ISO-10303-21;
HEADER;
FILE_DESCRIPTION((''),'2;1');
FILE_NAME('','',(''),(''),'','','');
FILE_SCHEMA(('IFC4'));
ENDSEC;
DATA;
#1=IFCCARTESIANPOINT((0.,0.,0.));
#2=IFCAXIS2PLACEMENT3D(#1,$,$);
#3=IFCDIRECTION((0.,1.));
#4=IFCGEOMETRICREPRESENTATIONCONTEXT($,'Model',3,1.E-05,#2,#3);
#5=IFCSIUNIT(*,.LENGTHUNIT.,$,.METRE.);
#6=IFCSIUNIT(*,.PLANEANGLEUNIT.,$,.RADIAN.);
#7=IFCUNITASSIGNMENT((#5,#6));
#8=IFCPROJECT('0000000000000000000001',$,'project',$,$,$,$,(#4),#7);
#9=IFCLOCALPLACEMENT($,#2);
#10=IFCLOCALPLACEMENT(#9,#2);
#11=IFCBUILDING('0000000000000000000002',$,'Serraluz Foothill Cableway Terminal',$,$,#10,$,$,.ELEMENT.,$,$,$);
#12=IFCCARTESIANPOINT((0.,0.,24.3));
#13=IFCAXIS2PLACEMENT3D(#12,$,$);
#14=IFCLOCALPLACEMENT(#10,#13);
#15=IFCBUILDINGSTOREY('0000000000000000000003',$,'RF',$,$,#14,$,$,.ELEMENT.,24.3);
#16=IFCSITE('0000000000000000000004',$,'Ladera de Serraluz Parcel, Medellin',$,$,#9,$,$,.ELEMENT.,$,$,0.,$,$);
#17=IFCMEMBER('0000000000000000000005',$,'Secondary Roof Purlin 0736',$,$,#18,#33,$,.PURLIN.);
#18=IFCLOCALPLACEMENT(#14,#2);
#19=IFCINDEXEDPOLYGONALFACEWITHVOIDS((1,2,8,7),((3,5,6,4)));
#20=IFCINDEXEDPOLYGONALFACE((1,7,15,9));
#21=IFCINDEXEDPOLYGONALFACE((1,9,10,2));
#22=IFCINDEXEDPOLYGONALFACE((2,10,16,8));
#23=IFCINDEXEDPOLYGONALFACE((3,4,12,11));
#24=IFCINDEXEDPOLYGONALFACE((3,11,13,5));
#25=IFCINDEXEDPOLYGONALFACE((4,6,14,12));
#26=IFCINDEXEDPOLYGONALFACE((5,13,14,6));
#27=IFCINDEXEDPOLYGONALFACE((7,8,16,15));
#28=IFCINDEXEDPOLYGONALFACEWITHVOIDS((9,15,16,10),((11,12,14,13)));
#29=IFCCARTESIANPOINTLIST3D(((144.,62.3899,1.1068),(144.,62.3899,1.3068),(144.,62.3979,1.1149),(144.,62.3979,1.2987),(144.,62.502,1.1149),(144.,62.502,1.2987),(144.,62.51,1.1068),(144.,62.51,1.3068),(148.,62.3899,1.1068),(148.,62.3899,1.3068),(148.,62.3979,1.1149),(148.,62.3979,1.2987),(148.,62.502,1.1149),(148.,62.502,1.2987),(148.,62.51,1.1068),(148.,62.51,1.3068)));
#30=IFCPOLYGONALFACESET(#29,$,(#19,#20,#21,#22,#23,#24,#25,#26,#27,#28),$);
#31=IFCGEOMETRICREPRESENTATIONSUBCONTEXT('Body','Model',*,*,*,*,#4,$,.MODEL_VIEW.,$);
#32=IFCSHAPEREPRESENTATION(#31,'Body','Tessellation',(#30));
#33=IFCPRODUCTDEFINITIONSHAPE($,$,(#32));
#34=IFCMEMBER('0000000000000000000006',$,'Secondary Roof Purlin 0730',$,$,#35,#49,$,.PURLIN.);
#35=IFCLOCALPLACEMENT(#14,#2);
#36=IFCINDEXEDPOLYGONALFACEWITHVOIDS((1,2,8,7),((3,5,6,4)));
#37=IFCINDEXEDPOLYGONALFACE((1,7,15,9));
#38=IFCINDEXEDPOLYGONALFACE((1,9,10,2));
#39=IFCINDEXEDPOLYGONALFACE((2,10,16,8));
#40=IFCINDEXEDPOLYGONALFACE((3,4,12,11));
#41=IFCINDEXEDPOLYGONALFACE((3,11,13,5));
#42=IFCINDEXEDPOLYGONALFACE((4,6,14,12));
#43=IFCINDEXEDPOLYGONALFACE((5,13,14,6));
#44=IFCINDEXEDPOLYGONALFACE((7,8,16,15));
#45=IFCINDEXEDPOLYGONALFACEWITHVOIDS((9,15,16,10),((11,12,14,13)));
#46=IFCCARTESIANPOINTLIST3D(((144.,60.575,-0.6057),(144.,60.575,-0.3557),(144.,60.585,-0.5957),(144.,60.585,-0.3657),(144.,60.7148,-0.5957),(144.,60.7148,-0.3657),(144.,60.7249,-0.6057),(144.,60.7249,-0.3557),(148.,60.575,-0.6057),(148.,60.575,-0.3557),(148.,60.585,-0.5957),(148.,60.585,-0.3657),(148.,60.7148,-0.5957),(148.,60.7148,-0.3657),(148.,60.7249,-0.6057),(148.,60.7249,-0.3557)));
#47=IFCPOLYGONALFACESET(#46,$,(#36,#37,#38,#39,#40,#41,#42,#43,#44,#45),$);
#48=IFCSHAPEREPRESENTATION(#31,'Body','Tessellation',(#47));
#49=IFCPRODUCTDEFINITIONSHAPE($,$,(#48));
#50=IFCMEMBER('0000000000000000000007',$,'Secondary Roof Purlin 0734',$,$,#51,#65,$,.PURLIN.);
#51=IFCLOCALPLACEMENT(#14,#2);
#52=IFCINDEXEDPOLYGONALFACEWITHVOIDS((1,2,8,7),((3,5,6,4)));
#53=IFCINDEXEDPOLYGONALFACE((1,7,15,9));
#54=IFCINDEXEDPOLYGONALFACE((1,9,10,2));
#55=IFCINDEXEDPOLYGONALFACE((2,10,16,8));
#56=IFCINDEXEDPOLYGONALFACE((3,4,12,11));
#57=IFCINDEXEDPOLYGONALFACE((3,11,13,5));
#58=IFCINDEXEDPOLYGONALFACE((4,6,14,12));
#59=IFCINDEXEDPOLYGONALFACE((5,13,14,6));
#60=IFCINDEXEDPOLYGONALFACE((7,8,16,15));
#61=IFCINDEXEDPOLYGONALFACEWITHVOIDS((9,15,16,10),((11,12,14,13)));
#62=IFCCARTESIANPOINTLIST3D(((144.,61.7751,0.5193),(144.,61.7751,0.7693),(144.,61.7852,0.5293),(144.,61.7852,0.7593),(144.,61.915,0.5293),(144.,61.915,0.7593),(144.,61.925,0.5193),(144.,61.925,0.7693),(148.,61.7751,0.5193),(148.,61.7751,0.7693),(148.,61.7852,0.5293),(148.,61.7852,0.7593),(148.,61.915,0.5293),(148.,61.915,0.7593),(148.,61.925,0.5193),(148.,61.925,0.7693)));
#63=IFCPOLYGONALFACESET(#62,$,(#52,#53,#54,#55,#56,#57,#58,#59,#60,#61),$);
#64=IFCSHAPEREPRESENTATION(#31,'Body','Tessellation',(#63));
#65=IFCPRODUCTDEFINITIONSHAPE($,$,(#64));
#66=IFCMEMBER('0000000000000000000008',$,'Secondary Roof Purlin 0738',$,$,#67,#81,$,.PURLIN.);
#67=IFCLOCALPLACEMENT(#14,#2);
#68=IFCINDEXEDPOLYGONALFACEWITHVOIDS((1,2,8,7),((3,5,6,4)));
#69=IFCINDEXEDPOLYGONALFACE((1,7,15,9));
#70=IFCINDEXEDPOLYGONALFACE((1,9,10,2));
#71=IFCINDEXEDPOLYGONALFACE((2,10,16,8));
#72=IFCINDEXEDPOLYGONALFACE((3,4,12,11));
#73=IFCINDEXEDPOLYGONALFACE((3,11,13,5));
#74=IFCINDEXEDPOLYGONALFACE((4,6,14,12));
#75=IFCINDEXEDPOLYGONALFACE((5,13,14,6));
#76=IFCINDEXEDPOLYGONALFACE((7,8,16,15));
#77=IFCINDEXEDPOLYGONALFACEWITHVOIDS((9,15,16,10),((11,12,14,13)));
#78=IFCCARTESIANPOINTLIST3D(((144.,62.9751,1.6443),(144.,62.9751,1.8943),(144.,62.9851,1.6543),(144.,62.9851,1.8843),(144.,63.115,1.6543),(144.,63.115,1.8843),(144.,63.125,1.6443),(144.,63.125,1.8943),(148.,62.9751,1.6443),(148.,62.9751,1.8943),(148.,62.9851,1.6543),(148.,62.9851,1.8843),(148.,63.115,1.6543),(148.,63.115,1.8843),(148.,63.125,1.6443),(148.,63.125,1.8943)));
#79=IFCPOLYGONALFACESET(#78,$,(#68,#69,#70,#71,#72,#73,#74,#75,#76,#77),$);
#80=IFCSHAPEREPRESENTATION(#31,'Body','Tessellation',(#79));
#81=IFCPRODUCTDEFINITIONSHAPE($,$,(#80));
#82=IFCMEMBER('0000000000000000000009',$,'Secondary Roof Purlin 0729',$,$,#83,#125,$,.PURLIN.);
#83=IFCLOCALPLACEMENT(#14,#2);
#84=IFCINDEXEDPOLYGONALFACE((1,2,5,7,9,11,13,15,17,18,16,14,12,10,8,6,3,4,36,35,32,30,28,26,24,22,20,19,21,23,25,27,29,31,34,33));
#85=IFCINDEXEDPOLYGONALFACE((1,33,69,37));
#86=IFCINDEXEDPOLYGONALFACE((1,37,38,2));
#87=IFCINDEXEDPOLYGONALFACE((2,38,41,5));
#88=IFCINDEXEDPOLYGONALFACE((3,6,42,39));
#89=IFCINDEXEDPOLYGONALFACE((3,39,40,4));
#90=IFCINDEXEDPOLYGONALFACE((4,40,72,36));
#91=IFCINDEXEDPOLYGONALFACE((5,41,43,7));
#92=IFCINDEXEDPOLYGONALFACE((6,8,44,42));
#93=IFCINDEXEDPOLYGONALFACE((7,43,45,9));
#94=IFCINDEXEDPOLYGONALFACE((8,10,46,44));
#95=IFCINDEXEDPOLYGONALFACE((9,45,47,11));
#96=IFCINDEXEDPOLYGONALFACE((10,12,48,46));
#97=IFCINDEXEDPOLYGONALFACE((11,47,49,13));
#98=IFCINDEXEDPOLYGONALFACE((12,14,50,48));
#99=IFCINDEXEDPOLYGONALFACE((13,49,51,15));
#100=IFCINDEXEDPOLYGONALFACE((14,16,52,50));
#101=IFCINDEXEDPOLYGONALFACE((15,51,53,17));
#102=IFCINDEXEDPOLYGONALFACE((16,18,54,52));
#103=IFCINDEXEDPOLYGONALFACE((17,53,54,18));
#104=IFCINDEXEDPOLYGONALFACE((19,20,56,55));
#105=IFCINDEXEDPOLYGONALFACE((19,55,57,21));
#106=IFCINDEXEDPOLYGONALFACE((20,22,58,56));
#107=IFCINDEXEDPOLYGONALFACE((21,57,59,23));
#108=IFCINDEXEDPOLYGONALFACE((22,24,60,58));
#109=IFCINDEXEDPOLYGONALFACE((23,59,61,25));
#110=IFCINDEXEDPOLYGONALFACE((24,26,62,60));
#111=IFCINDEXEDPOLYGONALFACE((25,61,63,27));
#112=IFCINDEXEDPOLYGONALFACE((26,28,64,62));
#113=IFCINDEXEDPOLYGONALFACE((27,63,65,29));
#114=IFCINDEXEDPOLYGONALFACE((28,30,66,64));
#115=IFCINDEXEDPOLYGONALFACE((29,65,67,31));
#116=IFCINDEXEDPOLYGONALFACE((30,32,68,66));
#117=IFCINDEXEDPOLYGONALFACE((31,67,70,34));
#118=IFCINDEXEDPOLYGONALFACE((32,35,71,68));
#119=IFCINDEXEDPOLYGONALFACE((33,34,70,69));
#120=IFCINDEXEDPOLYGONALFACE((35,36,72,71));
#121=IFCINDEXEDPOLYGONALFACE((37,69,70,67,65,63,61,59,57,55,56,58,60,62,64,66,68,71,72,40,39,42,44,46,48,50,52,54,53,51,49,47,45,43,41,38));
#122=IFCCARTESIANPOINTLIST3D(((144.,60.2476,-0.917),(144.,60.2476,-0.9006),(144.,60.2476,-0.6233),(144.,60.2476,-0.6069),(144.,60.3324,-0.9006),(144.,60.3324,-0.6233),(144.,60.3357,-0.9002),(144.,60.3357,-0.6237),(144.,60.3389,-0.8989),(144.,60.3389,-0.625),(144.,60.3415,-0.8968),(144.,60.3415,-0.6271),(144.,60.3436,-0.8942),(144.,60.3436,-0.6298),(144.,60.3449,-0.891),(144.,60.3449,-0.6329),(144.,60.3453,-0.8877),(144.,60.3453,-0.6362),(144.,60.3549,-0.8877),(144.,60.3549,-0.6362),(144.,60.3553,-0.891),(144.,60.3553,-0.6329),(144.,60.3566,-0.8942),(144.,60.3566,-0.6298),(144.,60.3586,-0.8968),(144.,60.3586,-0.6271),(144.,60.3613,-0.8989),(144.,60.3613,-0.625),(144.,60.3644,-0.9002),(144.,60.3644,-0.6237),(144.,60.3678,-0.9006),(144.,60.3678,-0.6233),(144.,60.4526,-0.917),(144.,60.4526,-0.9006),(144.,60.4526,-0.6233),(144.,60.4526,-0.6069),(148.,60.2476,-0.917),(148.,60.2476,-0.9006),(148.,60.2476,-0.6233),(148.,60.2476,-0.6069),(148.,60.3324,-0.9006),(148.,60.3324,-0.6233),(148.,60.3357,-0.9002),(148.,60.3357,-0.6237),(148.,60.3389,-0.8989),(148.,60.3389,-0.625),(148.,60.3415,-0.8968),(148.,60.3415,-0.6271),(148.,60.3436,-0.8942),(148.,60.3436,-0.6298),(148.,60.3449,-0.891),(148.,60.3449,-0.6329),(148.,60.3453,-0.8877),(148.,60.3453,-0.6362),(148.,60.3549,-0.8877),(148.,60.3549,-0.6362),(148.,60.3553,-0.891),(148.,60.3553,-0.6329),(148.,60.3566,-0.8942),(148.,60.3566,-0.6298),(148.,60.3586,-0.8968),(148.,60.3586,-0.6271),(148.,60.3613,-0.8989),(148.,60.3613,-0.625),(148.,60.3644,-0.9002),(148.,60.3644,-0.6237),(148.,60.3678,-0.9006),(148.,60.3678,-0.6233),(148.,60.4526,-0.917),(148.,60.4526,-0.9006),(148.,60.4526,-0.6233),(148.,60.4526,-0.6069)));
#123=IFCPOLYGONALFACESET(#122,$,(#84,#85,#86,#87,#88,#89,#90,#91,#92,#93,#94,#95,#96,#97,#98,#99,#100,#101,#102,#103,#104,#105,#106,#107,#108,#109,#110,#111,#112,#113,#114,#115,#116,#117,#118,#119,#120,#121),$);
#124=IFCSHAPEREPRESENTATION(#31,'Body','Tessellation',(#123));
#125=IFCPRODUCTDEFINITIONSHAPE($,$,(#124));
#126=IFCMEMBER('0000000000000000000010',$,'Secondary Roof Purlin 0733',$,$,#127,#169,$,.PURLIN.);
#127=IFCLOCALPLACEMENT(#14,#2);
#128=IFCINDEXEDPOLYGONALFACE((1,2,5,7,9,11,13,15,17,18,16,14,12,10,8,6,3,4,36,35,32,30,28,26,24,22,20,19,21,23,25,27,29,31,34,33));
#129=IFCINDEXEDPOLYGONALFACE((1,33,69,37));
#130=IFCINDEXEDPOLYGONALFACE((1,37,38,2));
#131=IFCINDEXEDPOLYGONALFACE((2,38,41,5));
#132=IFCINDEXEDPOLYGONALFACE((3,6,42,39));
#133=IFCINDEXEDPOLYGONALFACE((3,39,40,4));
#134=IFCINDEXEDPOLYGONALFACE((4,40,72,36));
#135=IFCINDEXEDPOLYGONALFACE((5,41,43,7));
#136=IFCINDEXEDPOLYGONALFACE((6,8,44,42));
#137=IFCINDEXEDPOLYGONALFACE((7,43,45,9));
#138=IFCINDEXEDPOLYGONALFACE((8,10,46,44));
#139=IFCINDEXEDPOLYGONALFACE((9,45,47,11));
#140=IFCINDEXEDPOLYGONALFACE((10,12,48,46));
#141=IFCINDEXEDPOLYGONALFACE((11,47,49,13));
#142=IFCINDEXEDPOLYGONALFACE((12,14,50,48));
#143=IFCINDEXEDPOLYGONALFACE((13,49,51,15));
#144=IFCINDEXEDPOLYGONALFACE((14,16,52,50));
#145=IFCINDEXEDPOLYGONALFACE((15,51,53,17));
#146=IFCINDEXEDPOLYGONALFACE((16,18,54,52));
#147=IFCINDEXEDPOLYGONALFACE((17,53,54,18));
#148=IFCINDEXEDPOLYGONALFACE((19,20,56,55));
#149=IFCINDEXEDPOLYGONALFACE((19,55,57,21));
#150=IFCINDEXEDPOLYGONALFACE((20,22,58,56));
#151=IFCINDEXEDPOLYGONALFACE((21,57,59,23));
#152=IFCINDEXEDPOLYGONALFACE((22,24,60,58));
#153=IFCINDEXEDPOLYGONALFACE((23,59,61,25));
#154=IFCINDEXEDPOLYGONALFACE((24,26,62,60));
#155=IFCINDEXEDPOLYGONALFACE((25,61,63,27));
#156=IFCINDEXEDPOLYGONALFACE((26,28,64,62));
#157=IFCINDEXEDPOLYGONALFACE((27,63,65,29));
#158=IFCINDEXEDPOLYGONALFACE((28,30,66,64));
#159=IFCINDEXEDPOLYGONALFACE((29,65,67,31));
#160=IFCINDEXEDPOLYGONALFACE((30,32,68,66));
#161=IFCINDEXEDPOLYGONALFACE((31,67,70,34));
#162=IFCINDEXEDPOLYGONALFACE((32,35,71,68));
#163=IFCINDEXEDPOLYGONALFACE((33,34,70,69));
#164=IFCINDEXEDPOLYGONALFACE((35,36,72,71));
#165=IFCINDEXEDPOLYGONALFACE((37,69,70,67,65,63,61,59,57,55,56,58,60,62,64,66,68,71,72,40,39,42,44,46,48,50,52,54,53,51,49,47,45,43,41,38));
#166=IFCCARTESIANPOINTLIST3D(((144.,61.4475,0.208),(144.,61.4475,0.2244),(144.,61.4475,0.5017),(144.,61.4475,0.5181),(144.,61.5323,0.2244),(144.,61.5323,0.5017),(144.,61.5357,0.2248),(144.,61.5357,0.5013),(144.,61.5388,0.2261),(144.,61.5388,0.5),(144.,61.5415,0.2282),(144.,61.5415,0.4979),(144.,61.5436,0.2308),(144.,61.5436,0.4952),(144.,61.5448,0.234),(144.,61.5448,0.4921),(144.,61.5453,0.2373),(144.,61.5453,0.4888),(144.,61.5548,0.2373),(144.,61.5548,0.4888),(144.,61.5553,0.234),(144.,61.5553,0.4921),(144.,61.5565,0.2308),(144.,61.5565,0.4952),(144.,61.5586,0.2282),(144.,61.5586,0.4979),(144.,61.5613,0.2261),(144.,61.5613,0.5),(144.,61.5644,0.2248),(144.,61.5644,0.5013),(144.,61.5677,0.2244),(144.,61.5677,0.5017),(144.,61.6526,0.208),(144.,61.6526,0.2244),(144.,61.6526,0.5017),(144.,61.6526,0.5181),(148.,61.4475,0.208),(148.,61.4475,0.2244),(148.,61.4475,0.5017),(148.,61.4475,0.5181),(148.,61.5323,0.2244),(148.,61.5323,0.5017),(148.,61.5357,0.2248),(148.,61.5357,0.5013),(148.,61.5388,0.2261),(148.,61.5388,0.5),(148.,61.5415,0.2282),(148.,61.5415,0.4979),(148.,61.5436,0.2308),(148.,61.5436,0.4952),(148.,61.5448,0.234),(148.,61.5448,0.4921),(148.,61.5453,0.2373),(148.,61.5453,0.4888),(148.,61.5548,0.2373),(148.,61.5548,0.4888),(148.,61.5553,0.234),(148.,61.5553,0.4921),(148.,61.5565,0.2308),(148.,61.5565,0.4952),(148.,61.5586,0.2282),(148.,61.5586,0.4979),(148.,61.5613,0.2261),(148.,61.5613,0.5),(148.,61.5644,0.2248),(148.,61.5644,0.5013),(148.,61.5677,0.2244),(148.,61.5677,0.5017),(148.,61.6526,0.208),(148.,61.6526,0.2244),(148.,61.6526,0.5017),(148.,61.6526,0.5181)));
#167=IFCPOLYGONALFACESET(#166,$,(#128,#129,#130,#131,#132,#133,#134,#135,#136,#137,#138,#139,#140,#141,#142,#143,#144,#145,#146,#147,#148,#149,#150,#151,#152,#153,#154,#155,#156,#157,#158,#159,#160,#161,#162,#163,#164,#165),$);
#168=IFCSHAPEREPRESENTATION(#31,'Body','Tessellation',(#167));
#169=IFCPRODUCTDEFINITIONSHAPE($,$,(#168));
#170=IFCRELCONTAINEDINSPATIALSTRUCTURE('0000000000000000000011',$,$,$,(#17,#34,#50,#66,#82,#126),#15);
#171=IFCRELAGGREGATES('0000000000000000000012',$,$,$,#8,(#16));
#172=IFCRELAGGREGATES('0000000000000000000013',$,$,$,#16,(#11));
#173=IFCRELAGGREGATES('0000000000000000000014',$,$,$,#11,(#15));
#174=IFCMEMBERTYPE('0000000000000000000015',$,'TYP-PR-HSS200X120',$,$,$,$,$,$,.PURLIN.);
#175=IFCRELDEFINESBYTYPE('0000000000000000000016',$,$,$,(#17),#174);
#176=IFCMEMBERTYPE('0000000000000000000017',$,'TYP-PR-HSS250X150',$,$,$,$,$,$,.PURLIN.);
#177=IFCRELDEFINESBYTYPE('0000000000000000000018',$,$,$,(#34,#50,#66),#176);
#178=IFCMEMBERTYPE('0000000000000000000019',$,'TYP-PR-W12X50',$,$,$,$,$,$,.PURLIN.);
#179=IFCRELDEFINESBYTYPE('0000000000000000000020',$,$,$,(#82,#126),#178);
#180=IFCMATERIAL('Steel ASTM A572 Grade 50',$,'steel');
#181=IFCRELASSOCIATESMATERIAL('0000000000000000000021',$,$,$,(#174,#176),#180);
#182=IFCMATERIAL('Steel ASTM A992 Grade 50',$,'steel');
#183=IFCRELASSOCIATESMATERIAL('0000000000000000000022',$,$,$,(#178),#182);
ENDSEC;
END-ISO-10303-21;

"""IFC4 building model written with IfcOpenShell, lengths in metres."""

from ifc_helpers import new_model, si_unit, direction, frame, origin, origin_2d, place, context, subcontext, project, spatial, hollow_rectangle, i_section, extrude, material, material_profile, profile_set, type_object, element, save


model = new_model("IFC4")

# Units and contexts
model_context = context("Model", 3, precision=1e-05, world=origin(), true_north=direction((0.0, 1.0)))
body_context = subcontext(model_context, "Body", "Model", "MODEL_VIEW")
ifc_project = project(units=[si_unit("LENGTHUNIT", "METRE"), si_unit("PLANEANGLEUNIT", "RADIAN")], contexts=[model_context])

# Site, building, storey
site_placement = place(None, origin())
site = spatial("IfcSite", under=ifc_project, at=site_placement, Name="Ladera de Serraluz Parcel, Medellin", CompositionType="ELEMENT", RefElevation=0.0)
building_placement = place(site_placement, origin())
building = spatial("IfcBuilding", under=site, at=building_placement, Name="Serraluz Foothill Cableway Terminal", CompositionType="ELEMENT")
storey_placement = place(building_placement, frame((0.0, 0.0, 24.3)))
storey = spatial("IfcBuildingStorey", under=building, at=storey_placement, Name="RF", CompositionType="ELEMENT", Elevation=24.3)

# Members
ifc_material_1 = material(Name="Steel ASTM A572 Grade 50", Category="steel")
ifc_material_profile_1 = material_profile(ifc_material_1, hollow_rectangle(XDim=0.1201, YDim=0.2, WallThickness=0.0081, at=origin_2d()), Name="HSS200X120X8")
ifc_profile_set_1 = profile_set([ifc_material_profile_1], Name="Steel ASTM A572 Grade 50")
member_type_1 = type_object("IfcMemberType", Name="TYP-PR-HSS200X120", PredefinedType="PURLIN", material=ifc_profile_set_1)
for number, where, z_axis, x_axis, name in (
    (1, (144.0, 62.45, 1.2068), (1.0, 0.0, 0.0), (0.0, 1.0, 0.0), "Secondary Roof Purlin 0736"),
):
    element("IfcMember", number, at=place(storey_placement, frame(where, z_axis=z_axis, x_axis=x_axis)), inside=storey, type_object=member_type_1, Name=name, PredefinedType="PURLIN", context=body_context, shape_type="SweptSolid", body=[
        extrude(hollow_rectangle(XDim=0.1201, YDim=0.2, WallThickness=0.0081, at=origin_2d()), origin(), (0.0, 0.0, 1.0), 4.0),
    ])
ifc_material_profile_2 = material_profile(ifc_material_1, hollow_rectangle(XDim=0.1499, YDim=0.25, WallThickness=0.01, at=origin_2d()), Name="HSS250X150X10")
ifc_profile_set_2 = profile_set([ifc_material_profile_2], Name="Steel ASTM A572 Grade 50")
member_type_2 = type_object("IfcMemberType", Name="TYP-PR-HSS250X150", PredefinedType="PURLIN", material=ifc_profile_set_2)
for number, where, z_axis, x_axis, name in (
    (2, (144.0, 60.6499, -0.4807), (1.0, 0.0, 0.0), (0.0, 1.0, 0.0), "Secondary Roof Purlin 0730"),
    (3, (144.0, 61.8501, 0.6443), (1.0, 0.0, 0.0), (0.0, 1.0, 0.0), "Secondary Roof Purlin 0734"),
    (4, (144.0, 63.05, 1.7693), (1.0, 0.0, 0.0), (0.0, 1.0, 0.0), "Secondary Roof Purlin 0738"),
):
    element("IfcMember", number, at=place(storey_placement, frame(where, z_axis=z_axis, x_axis=x_axis)), inside=storey, type_object=member_type_2, Name=name, PredefinedType="PURLIN", context=body_context, shape_type="SweptSolid", body=[
        extrude(hollow_rectangle(XDim=0.1499, YDim=0.25, WallThickness=0.01, at=origin_2d()), origin(), (0.0, 0.0, 1.0), 4.0),
    ])
ifc_material_2 = material(Name="Steel ASTM A992 Grade 50", Category="steel")
ifc_material_profile_3 = material_profile(ifc_material_2, i_section(OverallWidth=0.2051, OverallDepth=0.3101, WebThickness=0.0095, FlangeThickness=0.0164, FilletRadius=0.0129, at=origin_2d()), Name="W12X50")
ifc_profile_set_3 = profile_set([ifc_material_profile_3], Name="Steel ASTM A992 Grade 50")
member_type_3 = type_object("IfcMemberType", Name="TYP-PR-W12X50", PredefinedType="PURLIN", material=ifc_profile_set_3)
for number, where, z_axis, x_axis, name in (
    (5, (144.0, 60.3501, -0.762), (1.0, 0.0, 0.0), (0.0, 1.0, 0.0), "Secondary Roof Purlin 0729"),
    (6, (144.0, 61.55, 0.363), (1.0, 0.0, 0.0), (0.0, 1.0, 0.0), "Secondary Roof Purlin 0733"),
):
    element("IfcMember", number, at=place(storey_placement, frame(where, z_axis=z_axis, x_axis=x_axis)), inside=storey, type_object=member_type_3, Name=name, PredefinedType="PURLIN", context=body_context, shape_type="SweptSolid", body=[
        extrude(i_section(OverallWidth=0.2051, OverallDepth=0.3101, WebThickness=0.0095, FlangeThickness=0.0164, FilletRadius=0.0129, at=origin_2d()), origin(), (0.0, 0.0, 1.0), 4.0),
    ])

save(model, "model.ifc")
